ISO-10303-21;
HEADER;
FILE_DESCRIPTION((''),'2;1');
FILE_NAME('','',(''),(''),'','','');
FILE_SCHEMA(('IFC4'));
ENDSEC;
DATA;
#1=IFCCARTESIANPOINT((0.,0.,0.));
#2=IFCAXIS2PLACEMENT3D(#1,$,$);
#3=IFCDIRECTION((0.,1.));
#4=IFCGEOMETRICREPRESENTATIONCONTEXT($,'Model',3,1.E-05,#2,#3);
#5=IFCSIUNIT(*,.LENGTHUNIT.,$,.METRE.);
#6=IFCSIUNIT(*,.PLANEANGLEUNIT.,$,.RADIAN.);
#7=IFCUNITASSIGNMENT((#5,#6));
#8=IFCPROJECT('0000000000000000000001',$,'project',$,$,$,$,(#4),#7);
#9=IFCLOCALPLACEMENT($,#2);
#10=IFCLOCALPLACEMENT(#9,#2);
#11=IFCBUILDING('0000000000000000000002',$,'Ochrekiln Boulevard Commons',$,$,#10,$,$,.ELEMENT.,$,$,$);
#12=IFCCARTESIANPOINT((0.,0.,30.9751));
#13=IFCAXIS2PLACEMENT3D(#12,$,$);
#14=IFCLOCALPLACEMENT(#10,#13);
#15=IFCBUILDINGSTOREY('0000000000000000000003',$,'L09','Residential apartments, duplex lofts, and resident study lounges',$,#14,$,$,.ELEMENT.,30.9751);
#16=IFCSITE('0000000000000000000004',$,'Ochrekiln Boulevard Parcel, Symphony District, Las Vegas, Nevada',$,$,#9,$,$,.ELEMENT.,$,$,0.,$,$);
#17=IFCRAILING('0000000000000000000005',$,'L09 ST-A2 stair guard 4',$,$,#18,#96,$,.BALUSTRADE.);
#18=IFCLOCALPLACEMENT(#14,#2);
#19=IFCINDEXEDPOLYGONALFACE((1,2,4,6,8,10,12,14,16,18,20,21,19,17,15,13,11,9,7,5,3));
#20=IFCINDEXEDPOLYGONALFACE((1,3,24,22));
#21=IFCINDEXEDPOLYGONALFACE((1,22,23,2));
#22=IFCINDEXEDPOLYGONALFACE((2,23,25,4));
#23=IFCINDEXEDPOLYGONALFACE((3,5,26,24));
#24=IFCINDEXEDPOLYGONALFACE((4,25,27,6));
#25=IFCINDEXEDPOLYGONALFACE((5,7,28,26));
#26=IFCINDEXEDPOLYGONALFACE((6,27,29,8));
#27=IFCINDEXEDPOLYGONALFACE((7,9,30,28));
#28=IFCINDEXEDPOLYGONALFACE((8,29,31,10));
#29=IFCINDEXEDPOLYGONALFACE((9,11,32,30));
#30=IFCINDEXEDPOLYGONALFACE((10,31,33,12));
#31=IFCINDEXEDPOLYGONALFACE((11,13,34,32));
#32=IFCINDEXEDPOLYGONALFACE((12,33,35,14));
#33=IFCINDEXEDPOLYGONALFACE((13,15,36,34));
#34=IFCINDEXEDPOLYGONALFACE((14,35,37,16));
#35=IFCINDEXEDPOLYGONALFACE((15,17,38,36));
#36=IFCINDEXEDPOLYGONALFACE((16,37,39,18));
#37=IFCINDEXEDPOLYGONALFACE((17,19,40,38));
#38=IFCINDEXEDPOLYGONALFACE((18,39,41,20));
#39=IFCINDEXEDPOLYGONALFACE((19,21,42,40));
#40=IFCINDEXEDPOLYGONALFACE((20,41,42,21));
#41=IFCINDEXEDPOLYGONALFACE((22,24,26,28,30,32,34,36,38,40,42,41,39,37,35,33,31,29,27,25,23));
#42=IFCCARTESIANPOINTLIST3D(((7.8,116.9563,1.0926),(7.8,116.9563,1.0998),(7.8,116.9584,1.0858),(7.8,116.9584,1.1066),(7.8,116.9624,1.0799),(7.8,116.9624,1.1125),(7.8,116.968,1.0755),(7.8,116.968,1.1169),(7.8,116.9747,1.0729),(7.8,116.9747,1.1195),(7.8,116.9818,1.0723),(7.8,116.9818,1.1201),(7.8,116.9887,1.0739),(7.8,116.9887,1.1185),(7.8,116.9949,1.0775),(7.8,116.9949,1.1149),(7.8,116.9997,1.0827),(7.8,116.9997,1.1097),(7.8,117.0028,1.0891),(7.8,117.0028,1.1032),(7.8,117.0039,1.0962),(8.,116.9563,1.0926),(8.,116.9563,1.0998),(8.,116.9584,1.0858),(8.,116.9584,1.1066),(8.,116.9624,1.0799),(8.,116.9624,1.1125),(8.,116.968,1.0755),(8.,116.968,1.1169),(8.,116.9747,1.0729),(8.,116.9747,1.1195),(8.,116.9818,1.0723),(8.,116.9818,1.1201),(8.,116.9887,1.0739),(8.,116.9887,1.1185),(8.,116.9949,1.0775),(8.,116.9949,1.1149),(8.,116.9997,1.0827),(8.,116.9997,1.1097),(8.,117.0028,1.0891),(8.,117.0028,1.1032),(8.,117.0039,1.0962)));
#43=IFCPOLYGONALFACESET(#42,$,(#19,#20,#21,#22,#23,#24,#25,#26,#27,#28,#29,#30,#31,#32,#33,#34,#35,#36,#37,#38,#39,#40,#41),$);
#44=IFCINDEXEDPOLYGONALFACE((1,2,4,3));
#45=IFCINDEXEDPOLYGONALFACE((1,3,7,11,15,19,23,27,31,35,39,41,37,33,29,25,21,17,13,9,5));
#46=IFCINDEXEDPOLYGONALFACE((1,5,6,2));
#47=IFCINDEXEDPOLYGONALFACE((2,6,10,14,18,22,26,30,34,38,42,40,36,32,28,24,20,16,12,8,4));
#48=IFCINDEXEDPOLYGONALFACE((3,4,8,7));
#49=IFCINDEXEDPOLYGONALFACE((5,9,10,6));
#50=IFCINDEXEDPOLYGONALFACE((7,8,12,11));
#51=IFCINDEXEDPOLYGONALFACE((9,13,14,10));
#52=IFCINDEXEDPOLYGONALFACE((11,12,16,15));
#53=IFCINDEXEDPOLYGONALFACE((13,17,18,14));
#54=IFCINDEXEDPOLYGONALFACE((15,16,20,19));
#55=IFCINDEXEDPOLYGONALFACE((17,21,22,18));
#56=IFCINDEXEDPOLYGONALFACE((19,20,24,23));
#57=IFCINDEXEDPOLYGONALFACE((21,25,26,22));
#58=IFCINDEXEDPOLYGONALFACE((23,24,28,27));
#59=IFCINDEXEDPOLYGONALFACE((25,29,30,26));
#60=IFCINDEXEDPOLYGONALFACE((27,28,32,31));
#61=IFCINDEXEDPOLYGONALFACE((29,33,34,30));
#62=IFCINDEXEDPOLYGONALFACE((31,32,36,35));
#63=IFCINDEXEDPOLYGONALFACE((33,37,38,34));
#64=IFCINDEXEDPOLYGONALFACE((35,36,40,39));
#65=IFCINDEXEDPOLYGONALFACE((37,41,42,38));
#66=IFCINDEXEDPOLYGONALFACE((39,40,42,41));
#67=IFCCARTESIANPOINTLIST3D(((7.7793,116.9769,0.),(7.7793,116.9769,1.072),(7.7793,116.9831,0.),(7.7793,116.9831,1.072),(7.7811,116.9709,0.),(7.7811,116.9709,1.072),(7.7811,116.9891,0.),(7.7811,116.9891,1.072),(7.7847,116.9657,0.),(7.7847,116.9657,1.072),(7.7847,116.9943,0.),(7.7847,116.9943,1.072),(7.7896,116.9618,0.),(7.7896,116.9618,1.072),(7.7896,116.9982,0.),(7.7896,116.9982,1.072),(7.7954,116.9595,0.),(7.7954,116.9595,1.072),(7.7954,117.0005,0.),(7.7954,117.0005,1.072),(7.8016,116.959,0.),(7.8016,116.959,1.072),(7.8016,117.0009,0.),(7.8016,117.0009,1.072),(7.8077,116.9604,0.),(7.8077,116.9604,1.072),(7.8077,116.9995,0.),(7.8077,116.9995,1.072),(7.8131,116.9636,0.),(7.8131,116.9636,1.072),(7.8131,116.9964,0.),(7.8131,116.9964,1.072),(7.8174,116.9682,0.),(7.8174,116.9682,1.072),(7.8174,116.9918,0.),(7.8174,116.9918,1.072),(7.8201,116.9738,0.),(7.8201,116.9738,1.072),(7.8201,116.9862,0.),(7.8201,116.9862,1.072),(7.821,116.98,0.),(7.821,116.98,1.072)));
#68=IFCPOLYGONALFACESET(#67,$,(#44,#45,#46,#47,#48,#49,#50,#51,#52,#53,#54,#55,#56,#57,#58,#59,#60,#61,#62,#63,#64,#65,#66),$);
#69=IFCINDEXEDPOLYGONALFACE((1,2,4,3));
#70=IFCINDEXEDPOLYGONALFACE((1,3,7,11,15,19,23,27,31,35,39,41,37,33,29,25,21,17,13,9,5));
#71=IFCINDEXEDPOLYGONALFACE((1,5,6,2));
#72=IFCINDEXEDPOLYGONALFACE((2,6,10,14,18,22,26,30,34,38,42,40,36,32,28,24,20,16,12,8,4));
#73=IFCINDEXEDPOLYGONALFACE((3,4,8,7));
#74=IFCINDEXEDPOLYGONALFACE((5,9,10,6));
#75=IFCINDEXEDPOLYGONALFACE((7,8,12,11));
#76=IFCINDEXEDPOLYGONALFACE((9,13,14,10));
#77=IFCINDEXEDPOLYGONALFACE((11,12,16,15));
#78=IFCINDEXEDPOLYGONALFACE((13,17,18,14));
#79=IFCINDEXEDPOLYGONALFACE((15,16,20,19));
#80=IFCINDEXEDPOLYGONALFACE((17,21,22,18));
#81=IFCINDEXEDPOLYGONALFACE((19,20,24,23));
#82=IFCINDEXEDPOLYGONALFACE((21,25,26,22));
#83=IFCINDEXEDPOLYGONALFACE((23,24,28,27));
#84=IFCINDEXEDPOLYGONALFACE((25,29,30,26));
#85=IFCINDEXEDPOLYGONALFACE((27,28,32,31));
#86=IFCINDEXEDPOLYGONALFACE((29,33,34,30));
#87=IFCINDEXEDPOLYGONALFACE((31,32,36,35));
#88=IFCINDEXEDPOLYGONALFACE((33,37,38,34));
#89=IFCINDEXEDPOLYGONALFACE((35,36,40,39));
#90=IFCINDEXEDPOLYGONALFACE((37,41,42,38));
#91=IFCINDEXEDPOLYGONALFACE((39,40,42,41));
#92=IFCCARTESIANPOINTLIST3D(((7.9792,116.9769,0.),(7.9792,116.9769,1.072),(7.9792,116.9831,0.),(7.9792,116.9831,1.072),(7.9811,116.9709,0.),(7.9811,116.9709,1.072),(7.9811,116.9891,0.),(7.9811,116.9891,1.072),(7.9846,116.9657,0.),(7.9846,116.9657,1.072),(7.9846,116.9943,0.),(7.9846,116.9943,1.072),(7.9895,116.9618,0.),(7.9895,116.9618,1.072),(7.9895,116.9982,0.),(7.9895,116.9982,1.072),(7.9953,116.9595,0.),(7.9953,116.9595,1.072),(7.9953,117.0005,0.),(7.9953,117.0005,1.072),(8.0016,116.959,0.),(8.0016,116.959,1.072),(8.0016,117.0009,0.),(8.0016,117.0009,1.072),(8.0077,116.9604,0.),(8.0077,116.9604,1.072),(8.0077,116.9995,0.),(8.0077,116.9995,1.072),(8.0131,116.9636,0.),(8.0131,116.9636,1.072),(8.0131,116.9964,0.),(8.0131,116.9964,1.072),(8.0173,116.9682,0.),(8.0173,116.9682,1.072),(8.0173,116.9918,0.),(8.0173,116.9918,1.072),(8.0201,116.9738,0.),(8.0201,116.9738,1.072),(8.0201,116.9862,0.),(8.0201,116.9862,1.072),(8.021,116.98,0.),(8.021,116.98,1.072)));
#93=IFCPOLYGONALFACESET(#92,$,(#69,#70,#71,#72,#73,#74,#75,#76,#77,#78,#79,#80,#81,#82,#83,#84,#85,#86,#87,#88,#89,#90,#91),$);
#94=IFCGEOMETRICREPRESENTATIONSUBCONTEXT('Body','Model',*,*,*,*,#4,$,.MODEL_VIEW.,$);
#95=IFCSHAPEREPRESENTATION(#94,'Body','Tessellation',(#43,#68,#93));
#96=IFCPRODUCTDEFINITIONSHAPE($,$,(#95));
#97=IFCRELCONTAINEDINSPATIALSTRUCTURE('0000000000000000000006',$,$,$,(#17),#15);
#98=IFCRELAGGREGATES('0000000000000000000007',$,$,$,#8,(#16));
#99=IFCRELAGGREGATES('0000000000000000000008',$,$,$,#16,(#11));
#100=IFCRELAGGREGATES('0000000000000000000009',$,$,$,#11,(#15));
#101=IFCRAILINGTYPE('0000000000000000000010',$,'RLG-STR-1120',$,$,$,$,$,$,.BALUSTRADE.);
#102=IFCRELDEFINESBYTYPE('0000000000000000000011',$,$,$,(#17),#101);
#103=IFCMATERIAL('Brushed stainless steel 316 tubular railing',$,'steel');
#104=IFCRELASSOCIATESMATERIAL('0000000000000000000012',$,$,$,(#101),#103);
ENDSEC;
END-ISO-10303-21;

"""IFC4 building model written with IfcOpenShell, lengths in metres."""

from ifc_helpers import new_model, si_unit, direction, frame, origin, origin_2d, place, context, subcontext, project, spatial, circle, extrude, material, type_object, element, save


model = new_model("IFC4")

# Units and contexts
model_context = context("Model", 3, precision=1e-05, world=origin(), true_north=direction((0.0, 1.0)))
body_context = subcontext(model_context, "Body", "Model", "MODEL_VIEW")
ifc_project = project(units=[si_unit("LENGTHUNIT", "METRE"), si_unit("PLANEANGLEUNIT", "RADIAN")], contexts=[model_context])

# Site, building, storey
site_placement = place(None, origin())
site = spatial("IfcSite", under=ifc_project, at=site_placement, Name="Ochrekiln Boulevard Parcel, Symphony District, Las Vegas, Nevada", CompositionType="ELEMENT", RefElevation=0.0)
building_placement = place(site_placement, origin())
building = spatial("IfcBuilding", under=site, at=building_placement, Name="Ochrekiln Boulevard Commons", CompositionType="ELEMENT")
storey_placement = place(building_placement, frame((0.0, 0.0, 30.9751)))
storey = spatial("IfcBuildingStorey", under=building, at=storey_placement, Name="L09", Description="Residential apartments, duplex lofts, and resident study lounges", CompositionType="ELEMENT", Elevation=30.9751)

# Railing
ifc_material_1 = material(Name="Brushed stainless steel 316 tubular railing", Category="steel")
railing_type_1 = type_object("IfcRailingType", Name="RLG-STR-1120", PredefinedType="BALUSTRADE", material=ifc_material_1)
railing_1_placement = place(storey_placement, frame((7.8, 116.98, 0.0)))
element("IfcRailing", 1, at=railing_1_placement, inside=storey, type_object=railing_type_1, Name="L09 ST-A2 stair guard 4", PredefinedType="BALUSTRADE", context=body_context, shape_type="SweptSolid", body=[
    extrude(circle(Radius=0.0239, at=origin_2d()), frame((0.0, 0.0, 1.0962), z_axis=(1.0, 0.0, 0.0), x_axis=(0.0, 1.0, 0.0)), (0.0, 0.0, 1.0), 0.2),
    extrude(circle(Radius=0.021, at=origin_2d()), origin(), (0.0, 0.0, 1.0), 1.072),
    extrude(circle(Radius=0.021, at=origin_2d()), frame((0.2, 0.0, 0.0)), (0.0, 0.0, 1.0), 1.072),
])

save(model, "model.ifc")
